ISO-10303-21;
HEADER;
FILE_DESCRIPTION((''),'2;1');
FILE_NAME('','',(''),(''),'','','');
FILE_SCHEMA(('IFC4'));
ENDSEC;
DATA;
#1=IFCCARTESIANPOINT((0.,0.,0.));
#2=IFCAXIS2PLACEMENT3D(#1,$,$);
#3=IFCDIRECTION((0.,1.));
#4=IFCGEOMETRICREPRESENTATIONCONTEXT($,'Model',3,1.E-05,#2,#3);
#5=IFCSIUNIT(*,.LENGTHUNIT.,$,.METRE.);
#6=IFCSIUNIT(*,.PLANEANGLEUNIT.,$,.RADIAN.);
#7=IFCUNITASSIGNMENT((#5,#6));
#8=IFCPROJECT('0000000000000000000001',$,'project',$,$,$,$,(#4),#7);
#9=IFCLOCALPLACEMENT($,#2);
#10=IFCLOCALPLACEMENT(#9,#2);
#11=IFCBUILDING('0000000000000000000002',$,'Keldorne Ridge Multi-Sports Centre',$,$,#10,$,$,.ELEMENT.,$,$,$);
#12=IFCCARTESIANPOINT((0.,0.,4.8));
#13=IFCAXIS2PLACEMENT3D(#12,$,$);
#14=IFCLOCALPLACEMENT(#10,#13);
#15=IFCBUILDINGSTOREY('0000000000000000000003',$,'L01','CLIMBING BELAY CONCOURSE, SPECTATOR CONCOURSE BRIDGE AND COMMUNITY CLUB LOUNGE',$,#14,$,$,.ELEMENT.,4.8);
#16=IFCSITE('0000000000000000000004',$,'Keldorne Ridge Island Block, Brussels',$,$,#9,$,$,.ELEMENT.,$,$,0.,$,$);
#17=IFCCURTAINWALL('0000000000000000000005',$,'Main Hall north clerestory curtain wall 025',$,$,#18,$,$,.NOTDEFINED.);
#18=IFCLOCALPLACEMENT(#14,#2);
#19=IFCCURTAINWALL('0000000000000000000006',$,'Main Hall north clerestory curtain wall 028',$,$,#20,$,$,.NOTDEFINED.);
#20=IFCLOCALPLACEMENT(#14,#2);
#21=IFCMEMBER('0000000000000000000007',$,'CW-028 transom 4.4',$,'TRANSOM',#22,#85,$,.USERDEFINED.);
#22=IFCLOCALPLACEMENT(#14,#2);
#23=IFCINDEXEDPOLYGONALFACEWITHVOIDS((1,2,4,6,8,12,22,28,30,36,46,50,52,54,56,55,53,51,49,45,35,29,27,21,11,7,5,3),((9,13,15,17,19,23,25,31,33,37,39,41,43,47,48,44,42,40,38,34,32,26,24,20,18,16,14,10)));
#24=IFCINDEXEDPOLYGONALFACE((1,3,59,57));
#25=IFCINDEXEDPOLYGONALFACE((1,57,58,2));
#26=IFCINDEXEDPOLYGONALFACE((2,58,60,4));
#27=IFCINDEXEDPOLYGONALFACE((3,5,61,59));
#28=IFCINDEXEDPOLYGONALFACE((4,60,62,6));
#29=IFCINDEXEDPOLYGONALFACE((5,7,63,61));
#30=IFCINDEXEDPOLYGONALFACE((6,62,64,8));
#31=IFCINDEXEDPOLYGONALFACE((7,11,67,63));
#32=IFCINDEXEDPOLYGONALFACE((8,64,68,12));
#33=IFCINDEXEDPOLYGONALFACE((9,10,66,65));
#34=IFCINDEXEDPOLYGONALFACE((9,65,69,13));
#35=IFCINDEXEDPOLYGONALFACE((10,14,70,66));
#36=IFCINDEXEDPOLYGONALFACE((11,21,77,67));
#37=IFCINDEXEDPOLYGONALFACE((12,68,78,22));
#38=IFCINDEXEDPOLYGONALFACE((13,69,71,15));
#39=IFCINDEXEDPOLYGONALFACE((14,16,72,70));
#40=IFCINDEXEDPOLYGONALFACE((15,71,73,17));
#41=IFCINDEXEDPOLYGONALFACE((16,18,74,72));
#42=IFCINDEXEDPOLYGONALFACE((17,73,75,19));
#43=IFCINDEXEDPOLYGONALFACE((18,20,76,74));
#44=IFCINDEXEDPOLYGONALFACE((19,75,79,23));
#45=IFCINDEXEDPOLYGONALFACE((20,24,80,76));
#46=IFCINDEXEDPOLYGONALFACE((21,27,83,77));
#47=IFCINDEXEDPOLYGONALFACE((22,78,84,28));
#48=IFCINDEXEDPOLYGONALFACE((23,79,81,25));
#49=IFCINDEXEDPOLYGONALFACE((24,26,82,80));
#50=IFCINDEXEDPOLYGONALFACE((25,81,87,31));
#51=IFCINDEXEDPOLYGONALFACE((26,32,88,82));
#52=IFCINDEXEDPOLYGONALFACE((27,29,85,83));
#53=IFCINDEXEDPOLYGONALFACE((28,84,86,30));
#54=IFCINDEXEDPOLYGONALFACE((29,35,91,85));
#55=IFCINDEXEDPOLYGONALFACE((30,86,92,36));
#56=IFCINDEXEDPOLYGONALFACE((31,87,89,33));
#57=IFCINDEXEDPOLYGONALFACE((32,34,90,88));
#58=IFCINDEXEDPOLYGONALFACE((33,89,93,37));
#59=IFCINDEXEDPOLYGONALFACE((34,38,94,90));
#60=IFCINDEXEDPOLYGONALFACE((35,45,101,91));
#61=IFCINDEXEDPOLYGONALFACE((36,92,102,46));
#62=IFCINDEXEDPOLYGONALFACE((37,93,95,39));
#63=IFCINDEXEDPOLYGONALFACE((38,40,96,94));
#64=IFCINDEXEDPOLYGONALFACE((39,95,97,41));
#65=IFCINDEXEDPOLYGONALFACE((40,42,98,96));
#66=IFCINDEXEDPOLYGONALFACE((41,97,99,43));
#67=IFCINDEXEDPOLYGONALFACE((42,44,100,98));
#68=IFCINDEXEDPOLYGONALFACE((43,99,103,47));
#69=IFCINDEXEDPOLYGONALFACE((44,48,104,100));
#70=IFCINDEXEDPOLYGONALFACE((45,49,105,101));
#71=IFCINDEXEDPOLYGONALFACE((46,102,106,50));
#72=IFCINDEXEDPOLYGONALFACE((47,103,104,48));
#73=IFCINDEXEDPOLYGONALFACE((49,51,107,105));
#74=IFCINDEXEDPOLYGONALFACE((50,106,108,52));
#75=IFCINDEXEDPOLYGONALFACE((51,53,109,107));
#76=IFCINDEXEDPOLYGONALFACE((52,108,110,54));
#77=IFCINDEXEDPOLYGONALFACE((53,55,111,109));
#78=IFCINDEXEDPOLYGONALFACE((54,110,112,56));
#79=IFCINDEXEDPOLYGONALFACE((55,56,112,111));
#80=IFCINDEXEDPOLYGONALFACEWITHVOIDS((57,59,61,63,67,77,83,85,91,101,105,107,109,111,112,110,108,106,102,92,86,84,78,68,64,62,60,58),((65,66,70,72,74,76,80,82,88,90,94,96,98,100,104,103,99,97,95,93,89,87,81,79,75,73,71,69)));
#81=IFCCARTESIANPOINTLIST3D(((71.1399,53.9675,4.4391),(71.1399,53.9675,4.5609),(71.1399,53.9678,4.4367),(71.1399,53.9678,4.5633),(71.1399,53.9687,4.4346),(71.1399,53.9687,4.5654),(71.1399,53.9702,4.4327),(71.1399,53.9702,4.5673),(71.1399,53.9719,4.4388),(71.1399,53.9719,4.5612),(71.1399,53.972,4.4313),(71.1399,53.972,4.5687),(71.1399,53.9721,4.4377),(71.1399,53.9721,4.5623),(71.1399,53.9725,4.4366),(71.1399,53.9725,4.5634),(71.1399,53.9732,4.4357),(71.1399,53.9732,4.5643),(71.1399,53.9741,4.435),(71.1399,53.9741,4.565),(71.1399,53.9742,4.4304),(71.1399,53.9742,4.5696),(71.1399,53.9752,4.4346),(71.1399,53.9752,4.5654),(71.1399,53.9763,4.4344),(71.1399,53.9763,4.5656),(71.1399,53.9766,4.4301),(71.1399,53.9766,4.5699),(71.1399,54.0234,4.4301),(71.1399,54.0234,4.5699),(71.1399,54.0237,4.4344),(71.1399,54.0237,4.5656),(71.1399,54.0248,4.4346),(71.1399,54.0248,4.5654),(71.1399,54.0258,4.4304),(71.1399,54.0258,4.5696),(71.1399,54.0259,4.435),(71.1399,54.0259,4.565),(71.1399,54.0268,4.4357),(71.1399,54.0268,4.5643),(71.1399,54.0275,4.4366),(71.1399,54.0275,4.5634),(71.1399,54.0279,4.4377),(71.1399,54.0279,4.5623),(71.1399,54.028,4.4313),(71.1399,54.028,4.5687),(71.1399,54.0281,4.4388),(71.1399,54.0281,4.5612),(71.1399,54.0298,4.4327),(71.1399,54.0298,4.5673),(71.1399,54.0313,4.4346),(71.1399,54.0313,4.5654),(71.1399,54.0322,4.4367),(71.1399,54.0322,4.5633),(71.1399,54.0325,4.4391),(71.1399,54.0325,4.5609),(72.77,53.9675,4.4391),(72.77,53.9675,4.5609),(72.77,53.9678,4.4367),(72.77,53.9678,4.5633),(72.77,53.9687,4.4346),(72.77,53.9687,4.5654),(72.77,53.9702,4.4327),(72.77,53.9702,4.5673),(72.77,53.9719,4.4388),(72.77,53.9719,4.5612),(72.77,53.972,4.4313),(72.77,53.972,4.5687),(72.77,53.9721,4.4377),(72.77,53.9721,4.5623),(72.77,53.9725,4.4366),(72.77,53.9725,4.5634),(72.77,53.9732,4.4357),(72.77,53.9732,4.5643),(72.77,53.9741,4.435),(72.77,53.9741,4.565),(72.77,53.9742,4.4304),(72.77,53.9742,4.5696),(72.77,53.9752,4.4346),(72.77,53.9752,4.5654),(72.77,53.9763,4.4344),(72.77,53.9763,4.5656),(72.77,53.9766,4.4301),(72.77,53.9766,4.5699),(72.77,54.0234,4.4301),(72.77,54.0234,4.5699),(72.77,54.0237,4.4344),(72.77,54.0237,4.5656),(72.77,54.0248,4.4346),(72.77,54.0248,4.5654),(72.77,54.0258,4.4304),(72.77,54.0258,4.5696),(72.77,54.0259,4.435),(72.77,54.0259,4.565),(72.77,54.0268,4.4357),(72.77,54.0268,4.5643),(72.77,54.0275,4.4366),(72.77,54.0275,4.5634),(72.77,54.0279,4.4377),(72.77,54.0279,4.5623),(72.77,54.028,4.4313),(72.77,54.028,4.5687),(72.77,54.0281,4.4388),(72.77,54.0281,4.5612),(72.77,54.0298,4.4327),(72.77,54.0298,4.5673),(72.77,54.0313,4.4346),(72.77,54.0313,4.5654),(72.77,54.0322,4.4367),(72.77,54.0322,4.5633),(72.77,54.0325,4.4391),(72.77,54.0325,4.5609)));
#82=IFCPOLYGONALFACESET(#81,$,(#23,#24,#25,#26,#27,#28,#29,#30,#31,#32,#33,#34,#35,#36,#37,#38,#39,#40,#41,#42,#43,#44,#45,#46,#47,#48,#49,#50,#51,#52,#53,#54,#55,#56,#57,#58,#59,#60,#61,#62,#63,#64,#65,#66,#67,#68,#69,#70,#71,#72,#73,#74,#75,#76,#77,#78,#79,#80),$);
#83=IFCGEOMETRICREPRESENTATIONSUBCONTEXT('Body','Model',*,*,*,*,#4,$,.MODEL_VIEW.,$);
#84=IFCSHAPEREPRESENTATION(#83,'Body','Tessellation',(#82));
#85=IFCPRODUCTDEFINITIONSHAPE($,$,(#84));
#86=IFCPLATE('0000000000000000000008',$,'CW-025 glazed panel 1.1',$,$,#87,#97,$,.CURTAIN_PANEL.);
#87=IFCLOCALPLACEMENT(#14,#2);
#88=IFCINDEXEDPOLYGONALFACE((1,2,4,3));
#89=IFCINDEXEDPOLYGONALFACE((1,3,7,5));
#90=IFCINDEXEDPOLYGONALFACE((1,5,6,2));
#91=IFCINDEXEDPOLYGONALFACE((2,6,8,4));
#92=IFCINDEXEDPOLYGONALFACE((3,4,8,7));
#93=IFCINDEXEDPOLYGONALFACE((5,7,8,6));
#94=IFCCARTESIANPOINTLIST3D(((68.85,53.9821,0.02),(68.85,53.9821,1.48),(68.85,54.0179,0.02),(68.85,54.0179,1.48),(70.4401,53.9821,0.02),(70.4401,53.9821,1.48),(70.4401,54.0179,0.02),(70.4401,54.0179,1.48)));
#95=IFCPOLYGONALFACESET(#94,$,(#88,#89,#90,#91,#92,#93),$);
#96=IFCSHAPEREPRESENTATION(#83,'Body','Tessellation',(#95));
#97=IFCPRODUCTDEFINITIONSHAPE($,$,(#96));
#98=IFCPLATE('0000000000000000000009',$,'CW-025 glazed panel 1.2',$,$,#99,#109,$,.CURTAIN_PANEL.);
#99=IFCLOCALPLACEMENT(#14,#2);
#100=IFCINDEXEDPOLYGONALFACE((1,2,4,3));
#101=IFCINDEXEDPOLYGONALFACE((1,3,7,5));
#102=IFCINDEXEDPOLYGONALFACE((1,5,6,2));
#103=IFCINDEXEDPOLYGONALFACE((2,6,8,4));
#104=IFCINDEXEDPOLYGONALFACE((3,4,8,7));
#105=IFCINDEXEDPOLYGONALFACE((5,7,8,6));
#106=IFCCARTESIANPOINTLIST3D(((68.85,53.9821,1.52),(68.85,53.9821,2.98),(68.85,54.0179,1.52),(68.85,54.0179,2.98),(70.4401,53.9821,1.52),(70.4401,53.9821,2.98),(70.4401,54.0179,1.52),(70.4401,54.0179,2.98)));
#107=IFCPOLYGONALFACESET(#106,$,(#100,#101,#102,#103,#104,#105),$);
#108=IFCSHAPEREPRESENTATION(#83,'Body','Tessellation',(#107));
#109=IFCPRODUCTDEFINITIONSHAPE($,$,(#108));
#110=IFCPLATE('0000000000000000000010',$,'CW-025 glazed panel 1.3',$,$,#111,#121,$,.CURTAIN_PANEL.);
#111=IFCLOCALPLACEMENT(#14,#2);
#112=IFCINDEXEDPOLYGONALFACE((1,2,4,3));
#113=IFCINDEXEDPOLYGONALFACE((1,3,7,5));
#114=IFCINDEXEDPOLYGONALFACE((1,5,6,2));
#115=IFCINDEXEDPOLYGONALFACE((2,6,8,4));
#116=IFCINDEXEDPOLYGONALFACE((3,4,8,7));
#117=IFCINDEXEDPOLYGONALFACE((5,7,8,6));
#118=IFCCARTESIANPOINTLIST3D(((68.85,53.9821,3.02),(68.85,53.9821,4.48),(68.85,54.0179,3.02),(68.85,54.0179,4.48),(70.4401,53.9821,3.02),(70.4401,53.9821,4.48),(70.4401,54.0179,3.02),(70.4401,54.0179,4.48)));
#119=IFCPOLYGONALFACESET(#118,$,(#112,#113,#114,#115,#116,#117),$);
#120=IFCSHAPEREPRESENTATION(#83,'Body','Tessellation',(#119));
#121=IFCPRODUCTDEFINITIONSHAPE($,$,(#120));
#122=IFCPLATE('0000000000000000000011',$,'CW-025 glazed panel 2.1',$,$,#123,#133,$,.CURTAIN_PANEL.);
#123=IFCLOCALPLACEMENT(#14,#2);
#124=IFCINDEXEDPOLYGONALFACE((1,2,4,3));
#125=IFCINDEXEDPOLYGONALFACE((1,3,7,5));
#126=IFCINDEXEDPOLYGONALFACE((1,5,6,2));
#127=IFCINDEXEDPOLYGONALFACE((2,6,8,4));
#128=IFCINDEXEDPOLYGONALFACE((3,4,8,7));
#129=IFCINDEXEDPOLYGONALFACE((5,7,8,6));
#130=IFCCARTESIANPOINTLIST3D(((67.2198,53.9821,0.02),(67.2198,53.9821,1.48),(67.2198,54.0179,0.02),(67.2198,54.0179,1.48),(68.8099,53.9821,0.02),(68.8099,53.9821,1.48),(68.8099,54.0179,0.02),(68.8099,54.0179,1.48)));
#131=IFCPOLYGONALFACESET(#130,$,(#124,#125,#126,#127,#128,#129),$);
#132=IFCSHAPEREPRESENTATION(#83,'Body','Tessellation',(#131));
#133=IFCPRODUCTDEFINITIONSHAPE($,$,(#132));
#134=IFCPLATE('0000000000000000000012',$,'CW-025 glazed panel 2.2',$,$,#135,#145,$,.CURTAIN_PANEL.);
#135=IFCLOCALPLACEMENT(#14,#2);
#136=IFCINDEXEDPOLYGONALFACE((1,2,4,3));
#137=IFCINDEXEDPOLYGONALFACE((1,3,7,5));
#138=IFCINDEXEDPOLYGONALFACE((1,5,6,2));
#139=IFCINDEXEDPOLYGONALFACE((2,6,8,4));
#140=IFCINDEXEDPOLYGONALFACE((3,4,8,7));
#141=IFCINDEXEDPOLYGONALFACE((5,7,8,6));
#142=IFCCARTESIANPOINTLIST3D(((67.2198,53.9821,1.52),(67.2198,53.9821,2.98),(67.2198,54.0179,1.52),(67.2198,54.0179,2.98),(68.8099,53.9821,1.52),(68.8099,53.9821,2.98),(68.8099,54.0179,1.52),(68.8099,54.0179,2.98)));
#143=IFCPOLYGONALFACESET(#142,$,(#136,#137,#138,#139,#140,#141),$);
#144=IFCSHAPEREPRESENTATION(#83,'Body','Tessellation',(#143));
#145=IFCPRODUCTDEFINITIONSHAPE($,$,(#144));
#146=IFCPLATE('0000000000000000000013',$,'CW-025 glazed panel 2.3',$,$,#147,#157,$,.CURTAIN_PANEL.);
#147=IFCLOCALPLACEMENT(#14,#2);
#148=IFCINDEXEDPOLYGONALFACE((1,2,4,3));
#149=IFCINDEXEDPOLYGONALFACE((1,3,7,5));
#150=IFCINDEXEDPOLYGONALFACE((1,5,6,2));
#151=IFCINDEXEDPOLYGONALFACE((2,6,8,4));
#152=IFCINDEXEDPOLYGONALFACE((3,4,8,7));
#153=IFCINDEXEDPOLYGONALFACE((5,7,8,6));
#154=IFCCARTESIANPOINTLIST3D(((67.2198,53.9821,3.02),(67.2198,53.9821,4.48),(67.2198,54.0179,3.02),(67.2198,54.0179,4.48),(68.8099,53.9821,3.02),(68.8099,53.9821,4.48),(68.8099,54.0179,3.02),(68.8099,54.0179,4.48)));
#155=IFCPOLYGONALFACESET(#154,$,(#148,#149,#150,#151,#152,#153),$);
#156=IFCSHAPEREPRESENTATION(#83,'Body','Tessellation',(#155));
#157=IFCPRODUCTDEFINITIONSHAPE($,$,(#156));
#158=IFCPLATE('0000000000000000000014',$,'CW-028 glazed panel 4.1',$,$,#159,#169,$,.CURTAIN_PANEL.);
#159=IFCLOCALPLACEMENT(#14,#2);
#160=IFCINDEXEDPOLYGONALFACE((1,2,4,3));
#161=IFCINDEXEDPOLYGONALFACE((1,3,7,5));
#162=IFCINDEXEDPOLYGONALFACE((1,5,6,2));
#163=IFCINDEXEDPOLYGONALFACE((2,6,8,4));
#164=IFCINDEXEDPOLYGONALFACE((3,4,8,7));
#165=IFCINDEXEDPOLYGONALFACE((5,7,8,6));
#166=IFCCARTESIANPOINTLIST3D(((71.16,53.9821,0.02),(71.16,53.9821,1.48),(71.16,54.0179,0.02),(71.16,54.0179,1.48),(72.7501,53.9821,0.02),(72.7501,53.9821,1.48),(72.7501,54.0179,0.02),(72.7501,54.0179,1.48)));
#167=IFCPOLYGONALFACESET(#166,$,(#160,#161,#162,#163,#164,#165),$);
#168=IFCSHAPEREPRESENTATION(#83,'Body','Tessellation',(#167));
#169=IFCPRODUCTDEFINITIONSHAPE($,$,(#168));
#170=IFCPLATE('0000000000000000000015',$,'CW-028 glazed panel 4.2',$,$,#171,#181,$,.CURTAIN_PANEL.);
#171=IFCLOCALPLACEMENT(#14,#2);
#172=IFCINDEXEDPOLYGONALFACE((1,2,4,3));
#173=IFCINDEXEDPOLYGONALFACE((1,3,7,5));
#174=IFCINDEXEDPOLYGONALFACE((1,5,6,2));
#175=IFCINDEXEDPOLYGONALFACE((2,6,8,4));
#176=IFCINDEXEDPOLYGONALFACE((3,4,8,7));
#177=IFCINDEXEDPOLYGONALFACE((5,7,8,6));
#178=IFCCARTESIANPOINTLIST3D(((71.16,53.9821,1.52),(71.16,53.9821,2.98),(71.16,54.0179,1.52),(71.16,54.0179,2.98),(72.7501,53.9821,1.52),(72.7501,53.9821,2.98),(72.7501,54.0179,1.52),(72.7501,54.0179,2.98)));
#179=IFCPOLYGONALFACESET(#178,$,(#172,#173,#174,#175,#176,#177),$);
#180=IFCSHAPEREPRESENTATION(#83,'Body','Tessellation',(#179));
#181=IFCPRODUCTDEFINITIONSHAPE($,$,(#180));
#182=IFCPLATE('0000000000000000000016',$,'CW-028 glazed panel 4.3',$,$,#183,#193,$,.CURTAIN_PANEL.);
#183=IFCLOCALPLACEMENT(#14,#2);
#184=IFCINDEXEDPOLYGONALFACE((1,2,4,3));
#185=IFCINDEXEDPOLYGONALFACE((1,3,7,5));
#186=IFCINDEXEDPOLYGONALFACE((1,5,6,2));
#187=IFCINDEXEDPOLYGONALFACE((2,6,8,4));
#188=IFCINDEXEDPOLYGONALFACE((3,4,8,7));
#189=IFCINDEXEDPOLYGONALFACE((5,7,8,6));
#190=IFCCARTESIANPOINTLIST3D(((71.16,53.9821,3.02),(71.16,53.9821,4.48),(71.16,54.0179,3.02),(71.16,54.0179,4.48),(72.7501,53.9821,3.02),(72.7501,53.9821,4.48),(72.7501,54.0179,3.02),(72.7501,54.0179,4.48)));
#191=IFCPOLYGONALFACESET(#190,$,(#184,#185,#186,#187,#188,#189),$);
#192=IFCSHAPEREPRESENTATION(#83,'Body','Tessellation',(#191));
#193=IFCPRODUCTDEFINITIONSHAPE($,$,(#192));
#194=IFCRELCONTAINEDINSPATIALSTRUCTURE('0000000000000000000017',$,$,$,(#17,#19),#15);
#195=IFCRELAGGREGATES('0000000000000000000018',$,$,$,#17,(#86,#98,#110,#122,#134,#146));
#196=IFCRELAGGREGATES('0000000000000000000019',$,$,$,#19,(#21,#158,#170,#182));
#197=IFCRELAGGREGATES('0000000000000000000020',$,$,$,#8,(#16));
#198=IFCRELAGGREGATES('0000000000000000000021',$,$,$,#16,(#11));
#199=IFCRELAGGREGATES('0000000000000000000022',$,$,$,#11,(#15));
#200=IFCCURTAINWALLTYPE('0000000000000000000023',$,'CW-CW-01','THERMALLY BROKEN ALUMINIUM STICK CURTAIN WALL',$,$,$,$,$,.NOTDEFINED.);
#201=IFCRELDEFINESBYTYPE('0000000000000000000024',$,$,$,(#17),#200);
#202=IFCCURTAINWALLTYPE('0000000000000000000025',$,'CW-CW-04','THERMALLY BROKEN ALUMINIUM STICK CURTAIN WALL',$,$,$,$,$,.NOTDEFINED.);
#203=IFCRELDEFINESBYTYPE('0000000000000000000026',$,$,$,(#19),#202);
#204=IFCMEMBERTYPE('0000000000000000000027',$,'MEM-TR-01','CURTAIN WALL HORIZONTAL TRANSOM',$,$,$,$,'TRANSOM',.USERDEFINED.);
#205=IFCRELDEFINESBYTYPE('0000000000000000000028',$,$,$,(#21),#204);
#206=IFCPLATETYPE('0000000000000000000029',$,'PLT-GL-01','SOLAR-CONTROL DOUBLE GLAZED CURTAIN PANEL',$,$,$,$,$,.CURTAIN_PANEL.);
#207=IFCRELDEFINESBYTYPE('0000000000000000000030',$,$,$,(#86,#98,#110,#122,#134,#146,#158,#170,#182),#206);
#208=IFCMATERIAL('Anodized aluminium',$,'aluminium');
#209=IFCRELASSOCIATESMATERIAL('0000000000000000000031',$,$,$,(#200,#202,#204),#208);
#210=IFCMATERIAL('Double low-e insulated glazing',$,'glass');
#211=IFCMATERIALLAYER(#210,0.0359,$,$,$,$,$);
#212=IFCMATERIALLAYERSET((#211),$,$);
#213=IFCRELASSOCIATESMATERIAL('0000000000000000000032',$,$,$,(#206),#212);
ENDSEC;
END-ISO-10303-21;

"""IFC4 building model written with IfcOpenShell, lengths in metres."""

from ifc_helpers import new_model, si_unit, direction, frame, origin, origin_2d, place, context, subcontext, project, spatial, rectangle, hollow_rectangle, extrude, material, layer, layer_set, material_profile, profile_set, type_object, element, aggregate, save


model = new_model("IFC4")

# Units and contexts
model_context = context("Model", 3, precision=1e-05, world=origin(), true_north=direction((0.0, 1.0)))
body_context = subcontext(model_context, "Body", "Model", "MODEL_VIEW")
ifc_project = project(units=[si_unit("LENGTHUNIT", "METRE"), si_unit("PLANEANGLEUNIT", "RADIAN")], contexts=[model_context])

# Site, building, storey
site_placement = place(None, origin())
site = spatial("IfcSite", under=ifc_project, at=site_placement, Name="Keldorne Ridge Island Block, Brussels", CompositionType="ELEMENT", RefElevation=0.0)
building_placement = place(site_placement, origin())
building = spatial("IfcBuilding", under=site, at=building_placement, Name="Keldorne Ridge Multi-Sports Centre", CompositionType="ELEMENT")
storey_placement = place(building_placement, frame((0.0, 0.0, 4.8)))
storey = spatial("IfcBuildingStorey", under=building, at=storey_placement, Name="L01", Description="CLIMBING BELAY CONCOURSE, SPECTATOR CONCOURSE BRIDGE AND COMMUNITY CLUB LOUNGE", CompositionType="ELEMENT", Elevation=4.8)

# Curtain walls
ifc_material_1 = material(Name="Anodized aluminium", Category="aluminium")
curtain_wall_type_1 = type_object("IfcCurtainWallType", Name="CW-CW-01", Description="THERMALLY BROKEN ALUMINIUM STICK CURTAIN WALL", PredefinedType="NOTDEFINED", material=ifc_material_1)
curtain_wall_1_placement = place(storey_placement, origin())
curtain_wall_1 = element("IfcCurtainWall", 1, at=curtain_wall_1_placement, inside=storey, type_object=curtain_wall_type_1, Name="Main Hall north clerestory curtain wall 025", PredefinedType="NOTDEFINED")
curtain_wall_type_2 = type_object("IfcCurtainWallType", Name="CW-CW-04", Description="THERMALLY BROKEN ALUMINIUM STICK CURTAIN WALL", PredefinedType="NOTDEFINED", material=ifc_material_1)
curtain_wall_2_placement = place(storey_placement, origin())
curtain_wall_2 = element("IfcCurtainWall", 2, at=curtain_wall_2_placement, inside=storey, type_object=curtain_wall_type_2, Name="Main Hall north clerestory curtain wall 028", PredefinedType="NOTDEFINED")

# Member
ifc_material_profile_1 = material_profile(ifc_material_1, hollow_rectangle(XDim=0.0649, YDim=0.1399, WallThickness=0.0044, InnerFilletRadius=0.0044, OuterFilletRadius=0.009, at=origin_2d()), Name="ALU TRANSOM 140x65x4.5")
ifc_profile_set_1 = profile_set([ifc_material_profile_1], Name="Anodized aluminium")
member_type_1 = type_object("IfcMemberType", Name="MEM-TR-01", Description="CURTAIN WALL HORIZONTAL TRANSOM", ElementType="TRANSOM", PredefinedType="USERDEFINED", material=ifc_profile_set_1)
member_1_placement = place(storey_placement, frame((72.77, 54.0, 4.5), z_axis=(-1.0, 0.0, 0.0), x_axis=(0.0, -1.0, 0.0)))
member_1 = element("IfcMember", 3, at=member_1_placement, type_object=member_type_1, Name="CW-028 transom 4.4", ObjectType="TRANSOM", PredefinedType="USERDEFINED", context=body_context, shape_type="SweptSolid", body=[
    extrude(hollow_rectangle(XDim=0.0649, YDim=0.1399, WallThickness=0.0044, InnerFilletRadius=0.0044, OuterFilletRadius=0.009, at=origin_2d()), origin(), (0.0, 0.0, 1.0), 1.6301),
])

# Plates
ifc_material_2 = material(Name="Double low-e insulated glazing", Category="glass")
ifc_layer = layer(ifc_material_2, 0.0359)
ifc_layer_set = layer_set([ifc_layer])
plate_type = type_object("IfcPlateType", Name="PLT-GL-01", Description="SOLAR-CONTROL DOUBLE GLAZED CURTAIN PANEL", PredefinedType="CURTAIN_PANEL", material=ifc_layer_set)
plate_1_placement = place(storey_placement, frame((69.645, 54.0, 0.02), z_axis=(0.0, 0.0, 1.0), x_axis=(-1.0, 0.0, 0.0)))
plate_1 = element("IfcPlate", 4, at=plate_1_placement, type_object=plate_type, Name="CW-025 glazed panel 1.1", PredefinedType="CURTAIN_PANEL", context=body_context, shape_type="SweptSolid", body=[
    extrude(rectangle(XDim=1.5901, YDim=0.0359, at=origin_2d()), origin(), (0.0, 0.0, 1.0), 1.46),
])
plate_2_placement = place(storey_placement, frame((69.645, 54.0, 1.52), z_axis=(0.0, 0.0, 1.0), x_axis=(-1.0, 0.0, 0.0)))
plate_2 = element("IfcPlate", 5, at=plate_2_placement, type_object=plate_type, Name="CW-025 glazed panel 1.2", PredefinedType="CURTAIN_PANEL", context=body_context, shape_type="SweptSolid", body=[
    extrude(rectangle(XDim=1.5901, YDim=0.0359, at=origin_2d()), origin(), (0.0, 0.0, 1.0), 1.46),
])
plate_3_placement = place(storey_placement, frame((69.645, 54.0, 3.02), z_axis=(0.0, 0.0, 1.0), x_axis=(-1.0, 0.0, 0.0)))
plate_3 = element("IfcPlate", 6, at=plate_3_placement, type_object=plate_type, Name="CW-025 glazed panel 1.3", PredefinedType="CURTAIN_PANEL", context=body_context, shape_type="SweptSolid", body=[
    extrude(rectangle(XDim=1.5901, YDim=0.0359, at=origin_2d()), origin(), (0.0, 0.0, 1.0), 1.46),
])
plate_4_placement = place(storey_placement, frame((68.0149, 54.0, 0.02), z_axis=(0.0, 0.0, 1.0), x_axis=(-1.0, 0.0, 0.0)))
plate_4 = element("IfcPlate", 7, at=plate_4_placement, type_object=plate_type, Name="CW-025 glazed panel 2.1", PredefinedType="CURTAIN_PANEL", context=body_context, shape_type="SweptSolid", body=[
    extrude(rectangle(XDim=1.5901, YDim=0.0359, at=origin_2d()), origin(), (0.0, 0.0, 1.0), 1.46),
])
plate_5_placement = place(storey_placement, frame((68.0149, 54.0, 1.52), z_axis=(0.0, 0.0, 1.0), x_axis=(-1.0, 0.0, 0.0)))
plate_5 = element("IfcPlate", 8, at=plate_5_placement, type_object=plate_type, Name="CW-025 glazed panel 2.2", PredefinedType="CURTAIN_PANEL", context=body_context, shape_type="SweptSolid", body=[
    extrude(rectangle(XDim=1.5901, YDim=0.0359, at=origin_2d()), origin(), (0.0, 0.0, 1.0), 1.46),
])
plate_6_placement = place(storey_placement, frame((68.0149, 54.0, 3.02), z_axis=(0.0, 0.0, 1.0), x_axis=(-1.0, 0.0, 0.0)))
plate_6 = element("IfcPlate", 9, at=plate_6_placement, type_object=plate_type, Name="CW-025 glazed panel 2.3", PredefinedType="CURTAIN_PANEL", context=body_context, shape_type="SweptSolid", body=[
    extrude(rectangle(XDim=1.5901, YDim=0.0359, at=origin_2d()), origin(), (0.0, 0.0, 1.0), 1.46),
])
aggregate(curtain_wall_1, [plate_1, plate_2, plate_3, plate_4, plate_5, plate_6])
plate_7_placement = place(storey_placement, frame((71.9551, 54.0, 0.02), z_axis=(0.0, 0.0, 1.0), x_axis=(-1.0, 0.0, 0.0)))
plate_7 = element("IfcPlate", 10, at=plate_7_placement, type_object=plate_type, Name="CW-028 glazed panel 4.1", PredefinedType="CURTAIN_PANEL", context=body_context, shape_type="SweptSolid", body=[
    extrude(rectangle(XDim=1.5901, YDim=0.0359, at=origin_2d()), origin(), (0.0, 0.0, 1.0), 1.46),
])
plate_8_placement = place(storey_placement, frame((71.9551, 54.0, 1.52), z_axis=(0.0, 0.0, 1.0), x_axis=(-1.0, 0.0, 0.0)))
plate_8 = element("IfcPlate", 11, at=plate_8_placement, type_object=plate_type, Name="CW-028 glazed panel 4.2", PredefinedType="CURTAIN_PANEL", context=body_context, shape_type="SweptSolid", body=[
    extrude(rectangle(XDim=1.5901, YDim=0.0359, at=origin_2d()), origin(), (0.0, 0.0, 1.0), 1.46),
])
plate_9_placement = place(storey_placement, frame((71.9551, 54.0, 3.02), z_axis=(0.0, 0.0, 1.0), x_axis=(-1.0, 0.0, 0.0)))
plate_9 = element("IfcPlate", 12, at=plate_9_placement, type_object=plate_type, Name="CW-028 glazed panel 4.3", PredefinedType="CURTAIN_PANEL", context=body_context, shape_type="SweptSolid", body=[
    extrude(rectangle(XDim=1.5901, YDim=0.0359, at=origin_2d()), origin(), (0.0, 0.0, 1.0), 1.46),
])
aggregate(curtain_wall_2, [member_1, plate_7, plate_8, plate_9])

save(model, "model.ifc")
